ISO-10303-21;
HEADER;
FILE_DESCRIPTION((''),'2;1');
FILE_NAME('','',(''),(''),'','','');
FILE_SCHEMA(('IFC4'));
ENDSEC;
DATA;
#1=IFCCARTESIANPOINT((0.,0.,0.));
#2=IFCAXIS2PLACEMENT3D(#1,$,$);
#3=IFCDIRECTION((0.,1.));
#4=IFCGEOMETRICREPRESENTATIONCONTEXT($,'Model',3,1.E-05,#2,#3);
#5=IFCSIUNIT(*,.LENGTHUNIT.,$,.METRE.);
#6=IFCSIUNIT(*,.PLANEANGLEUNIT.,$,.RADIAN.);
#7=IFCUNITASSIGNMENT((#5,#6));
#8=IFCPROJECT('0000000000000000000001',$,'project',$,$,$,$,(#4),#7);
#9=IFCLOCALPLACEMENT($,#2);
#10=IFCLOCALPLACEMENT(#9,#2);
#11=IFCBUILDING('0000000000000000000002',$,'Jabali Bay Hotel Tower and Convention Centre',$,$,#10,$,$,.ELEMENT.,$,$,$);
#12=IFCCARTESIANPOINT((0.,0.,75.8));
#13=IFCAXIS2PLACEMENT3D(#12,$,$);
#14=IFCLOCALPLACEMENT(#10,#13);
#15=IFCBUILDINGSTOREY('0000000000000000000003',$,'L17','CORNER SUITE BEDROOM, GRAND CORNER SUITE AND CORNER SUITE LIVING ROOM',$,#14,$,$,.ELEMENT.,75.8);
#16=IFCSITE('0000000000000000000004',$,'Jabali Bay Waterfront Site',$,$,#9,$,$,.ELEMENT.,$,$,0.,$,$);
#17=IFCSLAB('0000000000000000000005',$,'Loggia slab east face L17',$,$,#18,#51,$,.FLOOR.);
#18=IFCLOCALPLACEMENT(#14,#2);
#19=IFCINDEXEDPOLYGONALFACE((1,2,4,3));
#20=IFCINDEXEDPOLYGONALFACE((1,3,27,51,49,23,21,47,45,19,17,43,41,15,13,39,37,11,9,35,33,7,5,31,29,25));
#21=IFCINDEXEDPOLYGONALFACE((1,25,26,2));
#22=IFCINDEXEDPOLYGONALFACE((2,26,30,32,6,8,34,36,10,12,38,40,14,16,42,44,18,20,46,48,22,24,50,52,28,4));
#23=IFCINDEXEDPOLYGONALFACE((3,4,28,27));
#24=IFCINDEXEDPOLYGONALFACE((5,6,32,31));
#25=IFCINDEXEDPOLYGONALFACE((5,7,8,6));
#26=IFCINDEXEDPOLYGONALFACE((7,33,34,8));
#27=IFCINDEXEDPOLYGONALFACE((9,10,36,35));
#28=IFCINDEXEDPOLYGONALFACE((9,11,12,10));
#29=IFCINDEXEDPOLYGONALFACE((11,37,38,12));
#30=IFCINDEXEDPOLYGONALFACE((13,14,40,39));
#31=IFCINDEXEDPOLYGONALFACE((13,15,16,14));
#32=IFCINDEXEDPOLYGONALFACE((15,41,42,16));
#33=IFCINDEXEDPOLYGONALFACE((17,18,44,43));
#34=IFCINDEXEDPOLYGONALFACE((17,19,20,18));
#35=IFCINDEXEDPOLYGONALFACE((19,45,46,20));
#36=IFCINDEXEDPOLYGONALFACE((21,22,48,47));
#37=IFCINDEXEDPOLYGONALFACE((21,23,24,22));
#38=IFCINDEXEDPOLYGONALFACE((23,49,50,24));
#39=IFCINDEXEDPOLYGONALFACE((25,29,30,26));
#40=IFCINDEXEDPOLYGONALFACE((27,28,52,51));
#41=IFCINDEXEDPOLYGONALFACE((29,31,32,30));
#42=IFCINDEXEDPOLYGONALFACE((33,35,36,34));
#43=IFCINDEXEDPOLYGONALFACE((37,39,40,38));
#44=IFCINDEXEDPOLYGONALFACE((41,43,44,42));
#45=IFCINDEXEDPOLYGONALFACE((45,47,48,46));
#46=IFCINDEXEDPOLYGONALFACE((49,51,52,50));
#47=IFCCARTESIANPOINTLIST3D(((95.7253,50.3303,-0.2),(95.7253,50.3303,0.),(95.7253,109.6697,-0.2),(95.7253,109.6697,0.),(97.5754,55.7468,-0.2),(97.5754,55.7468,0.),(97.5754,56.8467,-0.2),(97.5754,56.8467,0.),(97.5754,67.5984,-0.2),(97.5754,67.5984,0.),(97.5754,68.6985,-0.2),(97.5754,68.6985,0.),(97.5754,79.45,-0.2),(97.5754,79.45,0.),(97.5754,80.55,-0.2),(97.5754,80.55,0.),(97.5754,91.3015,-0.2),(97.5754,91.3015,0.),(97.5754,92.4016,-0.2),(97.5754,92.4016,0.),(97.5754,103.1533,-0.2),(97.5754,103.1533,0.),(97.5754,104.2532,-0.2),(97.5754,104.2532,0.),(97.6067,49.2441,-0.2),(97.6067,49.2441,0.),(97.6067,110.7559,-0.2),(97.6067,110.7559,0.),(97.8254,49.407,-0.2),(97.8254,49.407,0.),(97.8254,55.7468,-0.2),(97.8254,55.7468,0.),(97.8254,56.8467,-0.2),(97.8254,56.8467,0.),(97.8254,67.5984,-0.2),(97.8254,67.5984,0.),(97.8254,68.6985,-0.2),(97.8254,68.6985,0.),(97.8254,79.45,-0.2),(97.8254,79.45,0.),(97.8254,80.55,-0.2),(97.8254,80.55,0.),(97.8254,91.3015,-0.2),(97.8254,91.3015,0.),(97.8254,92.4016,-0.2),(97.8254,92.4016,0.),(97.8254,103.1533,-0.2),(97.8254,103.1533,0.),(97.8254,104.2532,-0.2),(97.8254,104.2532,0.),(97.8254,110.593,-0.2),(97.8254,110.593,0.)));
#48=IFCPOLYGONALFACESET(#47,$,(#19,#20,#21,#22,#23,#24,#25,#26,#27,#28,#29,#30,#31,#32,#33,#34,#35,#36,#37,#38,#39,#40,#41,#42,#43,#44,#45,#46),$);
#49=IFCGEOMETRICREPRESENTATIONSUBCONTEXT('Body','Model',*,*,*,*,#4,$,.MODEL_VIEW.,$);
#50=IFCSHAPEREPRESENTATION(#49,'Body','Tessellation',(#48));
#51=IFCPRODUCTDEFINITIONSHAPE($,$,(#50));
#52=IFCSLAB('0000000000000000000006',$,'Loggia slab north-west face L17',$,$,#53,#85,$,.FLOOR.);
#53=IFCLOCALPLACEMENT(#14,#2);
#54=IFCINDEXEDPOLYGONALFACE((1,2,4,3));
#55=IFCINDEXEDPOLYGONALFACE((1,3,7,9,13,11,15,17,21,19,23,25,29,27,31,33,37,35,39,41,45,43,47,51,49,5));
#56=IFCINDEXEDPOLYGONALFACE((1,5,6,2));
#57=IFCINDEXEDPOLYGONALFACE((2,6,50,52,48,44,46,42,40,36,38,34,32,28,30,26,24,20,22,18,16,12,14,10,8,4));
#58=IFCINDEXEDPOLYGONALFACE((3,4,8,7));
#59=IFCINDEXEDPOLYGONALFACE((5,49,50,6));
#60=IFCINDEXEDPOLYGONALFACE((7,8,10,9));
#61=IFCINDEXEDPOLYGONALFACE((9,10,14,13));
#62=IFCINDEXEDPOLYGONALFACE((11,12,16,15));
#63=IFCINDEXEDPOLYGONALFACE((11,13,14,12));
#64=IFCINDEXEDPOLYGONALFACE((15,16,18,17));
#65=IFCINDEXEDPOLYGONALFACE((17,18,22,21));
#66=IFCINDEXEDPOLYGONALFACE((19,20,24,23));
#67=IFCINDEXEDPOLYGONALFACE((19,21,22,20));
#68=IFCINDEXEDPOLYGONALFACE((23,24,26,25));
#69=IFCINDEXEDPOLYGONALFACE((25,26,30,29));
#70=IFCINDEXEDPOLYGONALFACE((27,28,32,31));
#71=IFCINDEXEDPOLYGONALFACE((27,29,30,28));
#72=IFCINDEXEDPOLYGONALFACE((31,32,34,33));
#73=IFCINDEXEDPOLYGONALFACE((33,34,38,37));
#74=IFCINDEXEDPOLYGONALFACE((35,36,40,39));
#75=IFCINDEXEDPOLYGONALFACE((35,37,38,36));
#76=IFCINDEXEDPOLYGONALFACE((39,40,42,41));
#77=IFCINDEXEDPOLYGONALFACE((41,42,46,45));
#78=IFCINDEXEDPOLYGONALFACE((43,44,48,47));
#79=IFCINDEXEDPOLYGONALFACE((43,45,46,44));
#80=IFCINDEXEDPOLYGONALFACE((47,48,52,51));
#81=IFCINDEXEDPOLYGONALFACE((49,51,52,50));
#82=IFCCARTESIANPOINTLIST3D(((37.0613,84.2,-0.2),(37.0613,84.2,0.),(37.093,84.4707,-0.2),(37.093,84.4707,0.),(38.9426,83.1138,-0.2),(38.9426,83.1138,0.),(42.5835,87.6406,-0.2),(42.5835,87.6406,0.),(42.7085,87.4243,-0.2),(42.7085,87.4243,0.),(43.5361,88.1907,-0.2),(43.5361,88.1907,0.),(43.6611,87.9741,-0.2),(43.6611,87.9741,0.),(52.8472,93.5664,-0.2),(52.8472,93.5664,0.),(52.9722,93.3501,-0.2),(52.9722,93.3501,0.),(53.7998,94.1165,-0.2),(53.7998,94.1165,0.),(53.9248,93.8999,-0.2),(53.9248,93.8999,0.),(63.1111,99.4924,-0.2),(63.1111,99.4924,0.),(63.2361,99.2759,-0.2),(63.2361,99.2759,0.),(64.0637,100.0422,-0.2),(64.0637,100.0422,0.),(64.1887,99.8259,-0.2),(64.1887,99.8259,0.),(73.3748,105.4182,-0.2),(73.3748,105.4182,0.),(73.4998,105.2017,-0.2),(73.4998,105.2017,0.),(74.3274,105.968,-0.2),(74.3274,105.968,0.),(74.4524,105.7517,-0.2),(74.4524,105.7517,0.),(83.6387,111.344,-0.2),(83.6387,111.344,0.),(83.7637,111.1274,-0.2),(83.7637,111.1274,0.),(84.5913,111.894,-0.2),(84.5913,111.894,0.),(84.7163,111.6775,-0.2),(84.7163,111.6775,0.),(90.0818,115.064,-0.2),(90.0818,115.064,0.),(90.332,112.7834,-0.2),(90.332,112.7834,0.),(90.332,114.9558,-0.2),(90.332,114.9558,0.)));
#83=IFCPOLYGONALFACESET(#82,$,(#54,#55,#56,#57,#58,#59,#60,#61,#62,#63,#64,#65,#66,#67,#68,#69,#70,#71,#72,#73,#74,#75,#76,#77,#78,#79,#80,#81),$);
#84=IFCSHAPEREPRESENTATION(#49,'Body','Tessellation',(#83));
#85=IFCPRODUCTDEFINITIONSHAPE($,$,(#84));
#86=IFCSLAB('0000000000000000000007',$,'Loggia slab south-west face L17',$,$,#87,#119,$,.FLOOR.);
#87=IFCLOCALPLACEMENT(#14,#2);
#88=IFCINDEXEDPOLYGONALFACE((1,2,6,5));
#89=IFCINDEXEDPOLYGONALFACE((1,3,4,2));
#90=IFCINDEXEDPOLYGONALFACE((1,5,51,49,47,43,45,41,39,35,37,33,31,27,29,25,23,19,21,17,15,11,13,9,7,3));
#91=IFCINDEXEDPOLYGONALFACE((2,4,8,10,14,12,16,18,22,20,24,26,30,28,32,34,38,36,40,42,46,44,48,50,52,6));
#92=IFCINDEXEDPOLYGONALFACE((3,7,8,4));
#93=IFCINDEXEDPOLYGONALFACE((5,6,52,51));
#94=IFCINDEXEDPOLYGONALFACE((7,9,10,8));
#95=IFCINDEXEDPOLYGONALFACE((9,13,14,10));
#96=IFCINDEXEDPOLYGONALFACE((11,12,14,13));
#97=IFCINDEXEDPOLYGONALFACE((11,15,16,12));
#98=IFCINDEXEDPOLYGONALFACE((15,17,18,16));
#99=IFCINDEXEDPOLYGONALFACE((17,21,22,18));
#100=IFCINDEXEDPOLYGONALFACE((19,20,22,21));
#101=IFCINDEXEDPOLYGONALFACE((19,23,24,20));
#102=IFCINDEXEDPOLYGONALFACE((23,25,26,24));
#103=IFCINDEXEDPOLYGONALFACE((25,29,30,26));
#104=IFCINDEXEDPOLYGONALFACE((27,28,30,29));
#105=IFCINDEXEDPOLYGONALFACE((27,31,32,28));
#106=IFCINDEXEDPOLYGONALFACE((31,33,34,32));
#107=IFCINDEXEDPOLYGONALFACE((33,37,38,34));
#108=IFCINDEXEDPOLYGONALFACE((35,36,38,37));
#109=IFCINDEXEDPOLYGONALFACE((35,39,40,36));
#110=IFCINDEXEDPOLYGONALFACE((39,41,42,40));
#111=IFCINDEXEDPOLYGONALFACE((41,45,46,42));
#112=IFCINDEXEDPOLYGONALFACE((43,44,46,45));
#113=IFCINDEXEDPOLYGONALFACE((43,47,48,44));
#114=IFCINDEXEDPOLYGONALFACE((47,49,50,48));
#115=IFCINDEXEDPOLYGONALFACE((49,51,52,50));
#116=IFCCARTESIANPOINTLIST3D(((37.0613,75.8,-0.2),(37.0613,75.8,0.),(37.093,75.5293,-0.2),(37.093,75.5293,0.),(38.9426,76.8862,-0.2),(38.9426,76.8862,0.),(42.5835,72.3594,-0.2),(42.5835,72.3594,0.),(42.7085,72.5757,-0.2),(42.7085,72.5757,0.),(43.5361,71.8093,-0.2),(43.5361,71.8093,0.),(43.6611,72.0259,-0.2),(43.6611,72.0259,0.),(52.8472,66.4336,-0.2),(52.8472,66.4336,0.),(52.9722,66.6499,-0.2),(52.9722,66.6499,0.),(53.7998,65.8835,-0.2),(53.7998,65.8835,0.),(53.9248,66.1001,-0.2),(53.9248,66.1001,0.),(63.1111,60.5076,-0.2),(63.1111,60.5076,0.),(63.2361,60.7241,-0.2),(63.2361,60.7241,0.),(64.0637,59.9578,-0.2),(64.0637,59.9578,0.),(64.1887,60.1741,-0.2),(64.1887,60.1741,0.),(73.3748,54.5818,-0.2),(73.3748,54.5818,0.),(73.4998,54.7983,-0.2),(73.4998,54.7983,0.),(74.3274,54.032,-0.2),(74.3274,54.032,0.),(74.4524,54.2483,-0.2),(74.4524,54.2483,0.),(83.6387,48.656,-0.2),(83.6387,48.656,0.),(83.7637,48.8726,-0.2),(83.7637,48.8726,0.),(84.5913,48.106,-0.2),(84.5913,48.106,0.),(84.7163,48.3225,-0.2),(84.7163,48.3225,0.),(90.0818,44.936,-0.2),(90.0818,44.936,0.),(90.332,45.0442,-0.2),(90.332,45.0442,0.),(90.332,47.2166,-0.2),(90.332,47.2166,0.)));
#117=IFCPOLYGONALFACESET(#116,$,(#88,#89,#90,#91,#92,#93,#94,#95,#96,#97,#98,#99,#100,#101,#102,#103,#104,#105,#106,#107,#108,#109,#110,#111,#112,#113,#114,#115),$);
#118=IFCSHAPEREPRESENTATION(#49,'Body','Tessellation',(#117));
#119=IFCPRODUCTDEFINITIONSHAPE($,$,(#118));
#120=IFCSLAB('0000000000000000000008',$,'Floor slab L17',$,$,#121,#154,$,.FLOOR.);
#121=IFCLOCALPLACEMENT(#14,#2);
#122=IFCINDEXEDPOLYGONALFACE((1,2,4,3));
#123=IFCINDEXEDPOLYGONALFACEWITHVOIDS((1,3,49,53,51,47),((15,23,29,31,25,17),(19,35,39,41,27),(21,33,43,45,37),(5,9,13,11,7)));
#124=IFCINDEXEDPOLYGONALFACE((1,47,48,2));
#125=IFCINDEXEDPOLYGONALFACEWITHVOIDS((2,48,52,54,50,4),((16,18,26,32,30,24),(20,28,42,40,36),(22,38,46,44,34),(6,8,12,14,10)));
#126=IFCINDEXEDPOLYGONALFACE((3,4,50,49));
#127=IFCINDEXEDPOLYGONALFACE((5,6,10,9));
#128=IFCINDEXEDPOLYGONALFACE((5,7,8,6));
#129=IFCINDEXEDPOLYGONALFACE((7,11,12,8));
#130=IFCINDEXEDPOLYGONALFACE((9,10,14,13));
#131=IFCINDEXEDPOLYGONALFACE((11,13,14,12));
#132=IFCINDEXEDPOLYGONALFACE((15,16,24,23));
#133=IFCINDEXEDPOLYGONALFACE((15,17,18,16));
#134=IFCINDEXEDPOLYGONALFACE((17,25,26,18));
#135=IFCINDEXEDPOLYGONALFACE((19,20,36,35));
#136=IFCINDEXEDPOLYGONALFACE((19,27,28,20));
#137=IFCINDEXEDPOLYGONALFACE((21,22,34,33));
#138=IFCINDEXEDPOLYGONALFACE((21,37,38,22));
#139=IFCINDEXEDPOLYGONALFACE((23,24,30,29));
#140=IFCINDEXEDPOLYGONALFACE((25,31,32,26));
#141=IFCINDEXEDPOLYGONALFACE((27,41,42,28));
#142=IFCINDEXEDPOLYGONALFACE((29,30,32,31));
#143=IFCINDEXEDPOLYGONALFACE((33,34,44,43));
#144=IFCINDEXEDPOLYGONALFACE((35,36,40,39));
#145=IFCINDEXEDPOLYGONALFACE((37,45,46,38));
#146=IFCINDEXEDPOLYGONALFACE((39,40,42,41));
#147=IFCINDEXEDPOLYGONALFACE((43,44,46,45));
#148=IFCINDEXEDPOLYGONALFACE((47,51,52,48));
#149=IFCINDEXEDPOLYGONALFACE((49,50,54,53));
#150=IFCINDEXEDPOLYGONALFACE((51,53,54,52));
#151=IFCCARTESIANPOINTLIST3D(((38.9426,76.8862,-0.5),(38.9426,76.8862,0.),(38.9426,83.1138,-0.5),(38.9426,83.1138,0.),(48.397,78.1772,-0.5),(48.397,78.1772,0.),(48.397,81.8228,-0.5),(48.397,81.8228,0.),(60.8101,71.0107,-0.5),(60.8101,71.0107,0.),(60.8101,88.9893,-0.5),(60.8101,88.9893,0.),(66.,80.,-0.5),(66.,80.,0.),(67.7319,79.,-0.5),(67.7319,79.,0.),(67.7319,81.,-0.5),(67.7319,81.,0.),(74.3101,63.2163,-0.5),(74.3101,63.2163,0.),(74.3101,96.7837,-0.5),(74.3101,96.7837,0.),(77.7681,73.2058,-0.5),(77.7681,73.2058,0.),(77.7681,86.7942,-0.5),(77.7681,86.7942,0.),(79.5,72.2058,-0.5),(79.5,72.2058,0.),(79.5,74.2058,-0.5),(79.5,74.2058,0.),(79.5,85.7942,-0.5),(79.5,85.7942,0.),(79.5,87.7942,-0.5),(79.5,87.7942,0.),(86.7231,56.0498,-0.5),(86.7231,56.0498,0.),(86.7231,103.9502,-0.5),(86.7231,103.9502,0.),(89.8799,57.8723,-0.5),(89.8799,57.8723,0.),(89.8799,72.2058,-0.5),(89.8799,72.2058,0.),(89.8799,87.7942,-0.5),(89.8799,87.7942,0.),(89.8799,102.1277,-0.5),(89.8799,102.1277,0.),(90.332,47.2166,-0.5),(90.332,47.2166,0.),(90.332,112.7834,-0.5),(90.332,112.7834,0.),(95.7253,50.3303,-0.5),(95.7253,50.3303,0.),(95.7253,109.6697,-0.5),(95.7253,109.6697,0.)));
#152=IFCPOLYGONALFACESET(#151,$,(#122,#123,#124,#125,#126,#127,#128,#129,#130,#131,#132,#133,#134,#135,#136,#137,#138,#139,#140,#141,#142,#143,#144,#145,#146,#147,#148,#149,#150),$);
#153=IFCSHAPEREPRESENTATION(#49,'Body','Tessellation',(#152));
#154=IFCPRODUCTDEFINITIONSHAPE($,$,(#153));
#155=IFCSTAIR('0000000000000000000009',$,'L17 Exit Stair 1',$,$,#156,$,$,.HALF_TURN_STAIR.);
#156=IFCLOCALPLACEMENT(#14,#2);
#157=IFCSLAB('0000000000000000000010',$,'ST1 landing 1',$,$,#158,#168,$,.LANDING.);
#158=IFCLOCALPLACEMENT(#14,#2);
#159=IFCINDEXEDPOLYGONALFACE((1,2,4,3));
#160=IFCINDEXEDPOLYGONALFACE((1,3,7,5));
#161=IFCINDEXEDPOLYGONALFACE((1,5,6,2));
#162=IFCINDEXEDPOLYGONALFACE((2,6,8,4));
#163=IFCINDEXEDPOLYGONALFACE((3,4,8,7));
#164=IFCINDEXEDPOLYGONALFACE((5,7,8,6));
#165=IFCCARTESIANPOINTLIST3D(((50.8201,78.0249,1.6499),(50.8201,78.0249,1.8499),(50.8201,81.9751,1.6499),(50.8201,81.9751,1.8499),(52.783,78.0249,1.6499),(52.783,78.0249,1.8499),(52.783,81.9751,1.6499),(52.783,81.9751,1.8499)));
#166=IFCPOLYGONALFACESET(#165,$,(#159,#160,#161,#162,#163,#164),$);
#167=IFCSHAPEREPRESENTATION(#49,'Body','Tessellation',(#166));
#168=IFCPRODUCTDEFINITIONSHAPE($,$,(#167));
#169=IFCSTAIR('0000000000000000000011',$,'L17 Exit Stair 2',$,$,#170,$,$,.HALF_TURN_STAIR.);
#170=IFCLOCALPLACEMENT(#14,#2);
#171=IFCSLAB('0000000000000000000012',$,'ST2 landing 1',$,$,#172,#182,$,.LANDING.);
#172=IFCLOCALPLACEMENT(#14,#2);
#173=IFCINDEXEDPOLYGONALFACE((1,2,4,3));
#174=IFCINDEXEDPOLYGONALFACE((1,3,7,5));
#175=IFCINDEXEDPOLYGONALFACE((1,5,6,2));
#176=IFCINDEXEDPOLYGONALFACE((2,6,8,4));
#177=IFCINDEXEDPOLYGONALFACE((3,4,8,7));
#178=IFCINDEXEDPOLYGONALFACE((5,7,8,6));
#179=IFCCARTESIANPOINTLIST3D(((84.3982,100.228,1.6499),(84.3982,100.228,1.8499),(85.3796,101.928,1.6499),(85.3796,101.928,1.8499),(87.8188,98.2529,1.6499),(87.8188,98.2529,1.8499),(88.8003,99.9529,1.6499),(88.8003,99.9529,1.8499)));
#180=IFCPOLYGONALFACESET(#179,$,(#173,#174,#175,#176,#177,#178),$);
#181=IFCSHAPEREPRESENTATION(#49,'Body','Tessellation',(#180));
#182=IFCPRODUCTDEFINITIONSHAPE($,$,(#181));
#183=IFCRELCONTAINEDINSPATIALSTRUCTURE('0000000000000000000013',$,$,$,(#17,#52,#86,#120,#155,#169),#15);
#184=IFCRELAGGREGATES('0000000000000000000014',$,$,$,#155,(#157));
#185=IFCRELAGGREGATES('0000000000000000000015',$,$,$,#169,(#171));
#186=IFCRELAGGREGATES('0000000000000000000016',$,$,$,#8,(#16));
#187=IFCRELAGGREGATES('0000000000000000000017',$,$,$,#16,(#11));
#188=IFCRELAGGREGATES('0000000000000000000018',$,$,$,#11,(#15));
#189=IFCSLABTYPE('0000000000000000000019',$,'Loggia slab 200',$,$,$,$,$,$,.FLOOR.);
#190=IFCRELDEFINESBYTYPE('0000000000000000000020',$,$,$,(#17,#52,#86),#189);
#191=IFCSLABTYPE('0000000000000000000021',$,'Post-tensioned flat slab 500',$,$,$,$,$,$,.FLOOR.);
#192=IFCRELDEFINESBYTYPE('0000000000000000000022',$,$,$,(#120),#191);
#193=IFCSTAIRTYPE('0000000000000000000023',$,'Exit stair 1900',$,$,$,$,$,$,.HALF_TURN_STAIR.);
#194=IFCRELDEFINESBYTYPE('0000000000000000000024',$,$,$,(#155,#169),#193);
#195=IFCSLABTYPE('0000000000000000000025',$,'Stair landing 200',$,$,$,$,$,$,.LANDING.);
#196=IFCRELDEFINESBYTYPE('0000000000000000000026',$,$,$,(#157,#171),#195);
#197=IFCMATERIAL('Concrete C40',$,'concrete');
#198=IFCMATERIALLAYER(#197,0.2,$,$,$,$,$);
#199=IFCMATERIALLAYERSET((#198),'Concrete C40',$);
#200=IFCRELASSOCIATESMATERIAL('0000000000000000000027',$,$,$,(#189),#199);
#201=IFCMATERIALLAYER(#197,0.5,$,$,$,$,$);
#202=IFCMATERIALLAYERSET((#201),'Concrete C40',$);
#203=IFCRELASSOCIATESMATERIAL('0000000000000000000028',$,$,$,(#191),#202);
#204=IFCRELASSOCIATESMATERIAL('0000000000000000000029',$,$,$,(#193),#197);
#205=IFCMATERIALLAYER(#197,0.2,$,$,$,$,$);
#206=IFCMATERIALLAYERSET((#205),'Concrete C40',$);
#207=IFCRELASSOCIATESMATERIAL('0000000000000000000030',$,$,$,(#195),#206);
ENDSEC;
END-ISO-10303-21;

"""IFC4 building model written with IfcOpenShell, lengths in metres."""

from ifc_helpers import new_model, si_unit, direction, frame, origin, place, context, subcontext, project, spatial, polyline, outline, extrude, material, layer, layer_set, type_object, element, aggregate, save


model = new_model("IFC4")

# Units and contexts
model_context = context("Model", 3, precision=1e-05, world=origin(), true_north=direction((0.0, 1.0)))
body_context = subcontext(model_context, "Body", "Model", "MODEL_VIEW")
ifc_project = project(units=[si_unit("LENGTHUNIT", "METRE"), si_unit("PLANEANGLEUNIT", "RADIAN")], contexts=[model_context])

# Site, building, storey
site_placement = place(None, origin())
site = spatial("IfcSite", under=ifc_project, at=site_placement, Name="Jabali Bay Waterfront Site", CompositionType="ELEMENT", RefElevation=0.0)
building_placement = place(site_placement, origin())
building = spatial("IfcBuilding", under=site, at=building_placement, Name="Jabali Bay Hotel Tower and Convention Centre", CompositionType="ELEMENT")
storey_placement = place(building_placement, frame((0.0, 0.0, 75.8)))
storey = spatial("IfcBuildingStorey", under=building, at=storey_placement, Name="L17", Description="CORNER SUITE BEDROOM, GRAND CORNER SUITE AND CORNER SUITE LIVING ROOM", CompositionType="ELEMENT", Elevation=75.8)

# Slabs
ifc_material_1 = material(Name="Concrete C40", Category="concrete")
ifc_layer_1 = layer(ifc_material_1, 0.2)
ifc_layer_set_1 = layer_set([ifc_layer_1], Name="Concrete C40")
slab_type_1 = type_object("IfcSlabType", Name="Loggia slab 200", PredefinedType="FLOOR", material=ifc_layer_set_1)
slab_1_placement = place(storey_placement, frame((0.0, 0.0, -0.2)))
element("IfcSlab", 1, at=slab_1_placement, inside=storey, type_object=slab_type_1, Name="Loggia slab east face L17", PredefinedType="FLOOR", context=body_context, shape_type="SweptSolid", body=[
    extrude(outline(polyline([(95.7253, 109.6697), (97.6067, 110.7559), (97.8254, 110.593), (97.8254, 104.2532), (97.5754, 104.2532), (97.5754, 103.1533), (97.8254, 103.1533), (97.8254, 92.4016), (97.5754, 92.4016), (97.5754, 91.3015), (97.8254, 91.3015), (97.8254, 80.55), (97.5754, 80.55), (97.5754, 79.45), (97.8254, 79.45), (97.8254, 68.6985), (97.5754, 68.6985), (97.5754, 67.5984), (97.8254, 67.5984), (97.8254, 56.8467), (97.5754, 56.8467), (97.5754, 55.7468), (97.8254, 55.7468), (97.8254, 49.407), (97.6067, 49.2441), (95.7253, 50.3303), (95.7253, 109.6697)])), origin(), (0.0, 0.0, 1.0), 0.2),
])
slab_2_placement = place(storey_placement, frame((0.0, 0.0, -0.2)))
element("IfcSlab", 2, at=slab_2_placement, inside=storey, type_object=slab_type_1, Name="Loggia slab north-west face L17", PredefinedType="FLOOR", context=body_context, shape_type="SweptSolid", body=[
    extrude(outline(polyline([(38.9426, 83.1138), (37.0613, 84.2), (37.093, 84.4707), (42.5835, 87.6406), (42.7085, 87.4243), (43.6611, 87.9741), (43.5361, 88.1907), (52.8472, 93.5664), (52.9722, 93.3501), (53.9248, 93.8999), (53.7998, 94.1165), (63.1111, 99.4924), (63.2361, 99.2759), (64.1887, 99.8259), (64.0637, 100.0422), (73.3748, 105.4182), (73.4998, 105.2017), (74.4524, 105.7517), (74.3274, 105.968), (83.6387, 111.344), (83.7637, 111.1274), (84.7163, 111.6775), (84.5913, 111.894), (90.0818, 115.064), (90.332, 114.9558), (90.332, 112.7834), (38.9426, 83.1138)])), origin(), (0.0, 0.0, 1.0), 0.2),
])
slab_3_placement = place(storey_placement, frame((0.0, 0.0, -0.2)))
element("IfcSlab", 3, at=slab_3_placement, inside=storey, type_object=slab_type_1, Name="Loggia slab south-west face L17", PredefinedType="FLOOR", context=body_context, shape_type="SweptSolid", body=[
    extrude(outline(polyline([(90.332, 47.2166), (90.332, 45.0442), (90.0818, 44.936), (84.5913, 48.106), (84.7163, 48.3225), (83.7637, 48.8726), (83.6387, 48.656), (74.3274, 54.032), (74.4524, 54.2483), (73.4998, 54.7983), (73.3748, 54.5818), (64.0637, 59.9578), (64.1887, 60.1741), (63.2361, 60.7241), (63.1111, 60.5076), (53.7998, 65.8835), (53.9248, 66.1001), (52.9722, 66.6499), (52.8472, 66.4336), (43.5361, 71.8093), (43.6611, 72.0259), (42.7085, 72.5757), (42.5835, 72.3594), (37.093, 75.5293), (37.0613, 75.8), (38.9426, 76.8862), (90.332, 47.2166)])), origin(), (0.0, 0.0, 1.0), 0.2),
])
ifc_layer_2 = layer(ifc_material_1, 0.5)
ifc_layer_set_2 = layer_set([ifc_layer_2], Name="Concrete C40")
slab_type_2 = type_object("IfcSlabType", Name="Post-tensioned flat slab 500", PredefinedType="FLOOR", material=ifc_layer_set_2)
slab_4_placement = place(storey_placement, frame((0.0, 0.0, -0.5)))
element("IfcSlab", 4, at=slab_4_placement, inside=storey, type_object=slab_type_2, Name="Floor slab L17", PredefinedType="FLOOR", context=body_context, shape_type="SweptSolid", body=[
    extrude(outline(polyline([(90.332, 112.7834), (95.7253, 109.6697), (95.7253, 50.3303), (90.332, 47.2166), (38.9426, 76.8862), (38.9426, 83.1138), (90.332, 112.7834)]), holes=[polyline([(67.7319, 79.0), (77.7681, 73.2058), (79.5, 74.2058), (79.5, 85.7942), (77.7681, 86.7942), (67.7319, 81.0), (67.7319, 79.0)]), polyline([(48.397, 78.1772), (60.8101, 71.0107), (66.0, 80.0), (60.8101, 88.9893), (48.397, 81.8228), (48.397, 78.1772)]), polyline([(89.8799, 102.1277), (86.7231, 103.9502), (74.3101, 96.7837), (79.5, 87.7942), (89.8799, 87.7942), (89.8799, 102.1277)]), polyline([(74.3101, 63.2163), (86.7231, 56.0498), (89.8799, 57.8723), (89.8799, 72.2058), (79.5, 72.2058), (74.3101, 63.2163)])]), origin(), (0.0, 0.0, 1.0), 0.5),
])

# Stairs, slabs
stair_type = type_object("IfcStairType", Name="Exit stair 1900", PredefinedType="HALF_TURN_STAIR", material=ifc_material_1)
stair_1_placement = place(storey_placement, origin())
stair_1 = element("IfcStair", 5, at=stair_1_placement, inside=storey, type_object=stair_type, Name="L17 Exit Stair 1", PredefinedType="HALF_TURN_STAIR")
ifc_layer_3 = layer(ifc_material_1, 0.2)
ifc_layer_set_3 = layer_set([ifc_layer_3], Name="Concrete C40")
slab_type_3 = type_object("IfcSlabType", Name="Stair landing 200", PredefinedType="LANDING", material=ifc_layer_set_3)
slab_5_placement = place(storey_placement, frame((0.0, 0.0, 1.6499)))
slab_5 = element("IfcSlab", 6, at=slab_5_placement, type_object=slab_type_3, Name="ST1 landing 1", PredefinedType="LANDING", context=body_context, shape_type="SweptSolid", body=[
    extrude(outline(polyline([(52.783, 81.9751), (50.8201, 81.9751), (50.8201, 78.0249), (52.783, 78.0249), (52.783, 81.9751)])), origin(), (0.0, 0.0, 1.0), 0.2),
])
aggregate(stair_1, [slab_5])
stair_2_placement = place(storey_placement, origin())
stair_2 = element("IfcStair", 7, at=stair_2_placement, inside=storey, type_object=stair_type, Name="L17 Exit Stair 2", PredefinedType="HALF_TURN_STAIR")
slab_6_placement = place(storey_placement, frame((0.0, 0.0, 1.6499)))
slab_6 = element("IfcSlab", 8, at=slab_6_placement, type_object=slab_type_3, Name="ST2 landing 1", PredefinedType="LANDING", context=body_context, shape_type="SweptSolid", body=[
    extrude(outline(polyline([(87.8188, 98.2529), (88.8003, 99.9529), (85.3796, 101.928), (84.3982, 100.228), (87.8188, 98.2529)])), origin(), (0.0, 0.0, 1.0), 0.2),
])
aggregate(stair_2, [slab_6])

save(model, "model.ifc")
